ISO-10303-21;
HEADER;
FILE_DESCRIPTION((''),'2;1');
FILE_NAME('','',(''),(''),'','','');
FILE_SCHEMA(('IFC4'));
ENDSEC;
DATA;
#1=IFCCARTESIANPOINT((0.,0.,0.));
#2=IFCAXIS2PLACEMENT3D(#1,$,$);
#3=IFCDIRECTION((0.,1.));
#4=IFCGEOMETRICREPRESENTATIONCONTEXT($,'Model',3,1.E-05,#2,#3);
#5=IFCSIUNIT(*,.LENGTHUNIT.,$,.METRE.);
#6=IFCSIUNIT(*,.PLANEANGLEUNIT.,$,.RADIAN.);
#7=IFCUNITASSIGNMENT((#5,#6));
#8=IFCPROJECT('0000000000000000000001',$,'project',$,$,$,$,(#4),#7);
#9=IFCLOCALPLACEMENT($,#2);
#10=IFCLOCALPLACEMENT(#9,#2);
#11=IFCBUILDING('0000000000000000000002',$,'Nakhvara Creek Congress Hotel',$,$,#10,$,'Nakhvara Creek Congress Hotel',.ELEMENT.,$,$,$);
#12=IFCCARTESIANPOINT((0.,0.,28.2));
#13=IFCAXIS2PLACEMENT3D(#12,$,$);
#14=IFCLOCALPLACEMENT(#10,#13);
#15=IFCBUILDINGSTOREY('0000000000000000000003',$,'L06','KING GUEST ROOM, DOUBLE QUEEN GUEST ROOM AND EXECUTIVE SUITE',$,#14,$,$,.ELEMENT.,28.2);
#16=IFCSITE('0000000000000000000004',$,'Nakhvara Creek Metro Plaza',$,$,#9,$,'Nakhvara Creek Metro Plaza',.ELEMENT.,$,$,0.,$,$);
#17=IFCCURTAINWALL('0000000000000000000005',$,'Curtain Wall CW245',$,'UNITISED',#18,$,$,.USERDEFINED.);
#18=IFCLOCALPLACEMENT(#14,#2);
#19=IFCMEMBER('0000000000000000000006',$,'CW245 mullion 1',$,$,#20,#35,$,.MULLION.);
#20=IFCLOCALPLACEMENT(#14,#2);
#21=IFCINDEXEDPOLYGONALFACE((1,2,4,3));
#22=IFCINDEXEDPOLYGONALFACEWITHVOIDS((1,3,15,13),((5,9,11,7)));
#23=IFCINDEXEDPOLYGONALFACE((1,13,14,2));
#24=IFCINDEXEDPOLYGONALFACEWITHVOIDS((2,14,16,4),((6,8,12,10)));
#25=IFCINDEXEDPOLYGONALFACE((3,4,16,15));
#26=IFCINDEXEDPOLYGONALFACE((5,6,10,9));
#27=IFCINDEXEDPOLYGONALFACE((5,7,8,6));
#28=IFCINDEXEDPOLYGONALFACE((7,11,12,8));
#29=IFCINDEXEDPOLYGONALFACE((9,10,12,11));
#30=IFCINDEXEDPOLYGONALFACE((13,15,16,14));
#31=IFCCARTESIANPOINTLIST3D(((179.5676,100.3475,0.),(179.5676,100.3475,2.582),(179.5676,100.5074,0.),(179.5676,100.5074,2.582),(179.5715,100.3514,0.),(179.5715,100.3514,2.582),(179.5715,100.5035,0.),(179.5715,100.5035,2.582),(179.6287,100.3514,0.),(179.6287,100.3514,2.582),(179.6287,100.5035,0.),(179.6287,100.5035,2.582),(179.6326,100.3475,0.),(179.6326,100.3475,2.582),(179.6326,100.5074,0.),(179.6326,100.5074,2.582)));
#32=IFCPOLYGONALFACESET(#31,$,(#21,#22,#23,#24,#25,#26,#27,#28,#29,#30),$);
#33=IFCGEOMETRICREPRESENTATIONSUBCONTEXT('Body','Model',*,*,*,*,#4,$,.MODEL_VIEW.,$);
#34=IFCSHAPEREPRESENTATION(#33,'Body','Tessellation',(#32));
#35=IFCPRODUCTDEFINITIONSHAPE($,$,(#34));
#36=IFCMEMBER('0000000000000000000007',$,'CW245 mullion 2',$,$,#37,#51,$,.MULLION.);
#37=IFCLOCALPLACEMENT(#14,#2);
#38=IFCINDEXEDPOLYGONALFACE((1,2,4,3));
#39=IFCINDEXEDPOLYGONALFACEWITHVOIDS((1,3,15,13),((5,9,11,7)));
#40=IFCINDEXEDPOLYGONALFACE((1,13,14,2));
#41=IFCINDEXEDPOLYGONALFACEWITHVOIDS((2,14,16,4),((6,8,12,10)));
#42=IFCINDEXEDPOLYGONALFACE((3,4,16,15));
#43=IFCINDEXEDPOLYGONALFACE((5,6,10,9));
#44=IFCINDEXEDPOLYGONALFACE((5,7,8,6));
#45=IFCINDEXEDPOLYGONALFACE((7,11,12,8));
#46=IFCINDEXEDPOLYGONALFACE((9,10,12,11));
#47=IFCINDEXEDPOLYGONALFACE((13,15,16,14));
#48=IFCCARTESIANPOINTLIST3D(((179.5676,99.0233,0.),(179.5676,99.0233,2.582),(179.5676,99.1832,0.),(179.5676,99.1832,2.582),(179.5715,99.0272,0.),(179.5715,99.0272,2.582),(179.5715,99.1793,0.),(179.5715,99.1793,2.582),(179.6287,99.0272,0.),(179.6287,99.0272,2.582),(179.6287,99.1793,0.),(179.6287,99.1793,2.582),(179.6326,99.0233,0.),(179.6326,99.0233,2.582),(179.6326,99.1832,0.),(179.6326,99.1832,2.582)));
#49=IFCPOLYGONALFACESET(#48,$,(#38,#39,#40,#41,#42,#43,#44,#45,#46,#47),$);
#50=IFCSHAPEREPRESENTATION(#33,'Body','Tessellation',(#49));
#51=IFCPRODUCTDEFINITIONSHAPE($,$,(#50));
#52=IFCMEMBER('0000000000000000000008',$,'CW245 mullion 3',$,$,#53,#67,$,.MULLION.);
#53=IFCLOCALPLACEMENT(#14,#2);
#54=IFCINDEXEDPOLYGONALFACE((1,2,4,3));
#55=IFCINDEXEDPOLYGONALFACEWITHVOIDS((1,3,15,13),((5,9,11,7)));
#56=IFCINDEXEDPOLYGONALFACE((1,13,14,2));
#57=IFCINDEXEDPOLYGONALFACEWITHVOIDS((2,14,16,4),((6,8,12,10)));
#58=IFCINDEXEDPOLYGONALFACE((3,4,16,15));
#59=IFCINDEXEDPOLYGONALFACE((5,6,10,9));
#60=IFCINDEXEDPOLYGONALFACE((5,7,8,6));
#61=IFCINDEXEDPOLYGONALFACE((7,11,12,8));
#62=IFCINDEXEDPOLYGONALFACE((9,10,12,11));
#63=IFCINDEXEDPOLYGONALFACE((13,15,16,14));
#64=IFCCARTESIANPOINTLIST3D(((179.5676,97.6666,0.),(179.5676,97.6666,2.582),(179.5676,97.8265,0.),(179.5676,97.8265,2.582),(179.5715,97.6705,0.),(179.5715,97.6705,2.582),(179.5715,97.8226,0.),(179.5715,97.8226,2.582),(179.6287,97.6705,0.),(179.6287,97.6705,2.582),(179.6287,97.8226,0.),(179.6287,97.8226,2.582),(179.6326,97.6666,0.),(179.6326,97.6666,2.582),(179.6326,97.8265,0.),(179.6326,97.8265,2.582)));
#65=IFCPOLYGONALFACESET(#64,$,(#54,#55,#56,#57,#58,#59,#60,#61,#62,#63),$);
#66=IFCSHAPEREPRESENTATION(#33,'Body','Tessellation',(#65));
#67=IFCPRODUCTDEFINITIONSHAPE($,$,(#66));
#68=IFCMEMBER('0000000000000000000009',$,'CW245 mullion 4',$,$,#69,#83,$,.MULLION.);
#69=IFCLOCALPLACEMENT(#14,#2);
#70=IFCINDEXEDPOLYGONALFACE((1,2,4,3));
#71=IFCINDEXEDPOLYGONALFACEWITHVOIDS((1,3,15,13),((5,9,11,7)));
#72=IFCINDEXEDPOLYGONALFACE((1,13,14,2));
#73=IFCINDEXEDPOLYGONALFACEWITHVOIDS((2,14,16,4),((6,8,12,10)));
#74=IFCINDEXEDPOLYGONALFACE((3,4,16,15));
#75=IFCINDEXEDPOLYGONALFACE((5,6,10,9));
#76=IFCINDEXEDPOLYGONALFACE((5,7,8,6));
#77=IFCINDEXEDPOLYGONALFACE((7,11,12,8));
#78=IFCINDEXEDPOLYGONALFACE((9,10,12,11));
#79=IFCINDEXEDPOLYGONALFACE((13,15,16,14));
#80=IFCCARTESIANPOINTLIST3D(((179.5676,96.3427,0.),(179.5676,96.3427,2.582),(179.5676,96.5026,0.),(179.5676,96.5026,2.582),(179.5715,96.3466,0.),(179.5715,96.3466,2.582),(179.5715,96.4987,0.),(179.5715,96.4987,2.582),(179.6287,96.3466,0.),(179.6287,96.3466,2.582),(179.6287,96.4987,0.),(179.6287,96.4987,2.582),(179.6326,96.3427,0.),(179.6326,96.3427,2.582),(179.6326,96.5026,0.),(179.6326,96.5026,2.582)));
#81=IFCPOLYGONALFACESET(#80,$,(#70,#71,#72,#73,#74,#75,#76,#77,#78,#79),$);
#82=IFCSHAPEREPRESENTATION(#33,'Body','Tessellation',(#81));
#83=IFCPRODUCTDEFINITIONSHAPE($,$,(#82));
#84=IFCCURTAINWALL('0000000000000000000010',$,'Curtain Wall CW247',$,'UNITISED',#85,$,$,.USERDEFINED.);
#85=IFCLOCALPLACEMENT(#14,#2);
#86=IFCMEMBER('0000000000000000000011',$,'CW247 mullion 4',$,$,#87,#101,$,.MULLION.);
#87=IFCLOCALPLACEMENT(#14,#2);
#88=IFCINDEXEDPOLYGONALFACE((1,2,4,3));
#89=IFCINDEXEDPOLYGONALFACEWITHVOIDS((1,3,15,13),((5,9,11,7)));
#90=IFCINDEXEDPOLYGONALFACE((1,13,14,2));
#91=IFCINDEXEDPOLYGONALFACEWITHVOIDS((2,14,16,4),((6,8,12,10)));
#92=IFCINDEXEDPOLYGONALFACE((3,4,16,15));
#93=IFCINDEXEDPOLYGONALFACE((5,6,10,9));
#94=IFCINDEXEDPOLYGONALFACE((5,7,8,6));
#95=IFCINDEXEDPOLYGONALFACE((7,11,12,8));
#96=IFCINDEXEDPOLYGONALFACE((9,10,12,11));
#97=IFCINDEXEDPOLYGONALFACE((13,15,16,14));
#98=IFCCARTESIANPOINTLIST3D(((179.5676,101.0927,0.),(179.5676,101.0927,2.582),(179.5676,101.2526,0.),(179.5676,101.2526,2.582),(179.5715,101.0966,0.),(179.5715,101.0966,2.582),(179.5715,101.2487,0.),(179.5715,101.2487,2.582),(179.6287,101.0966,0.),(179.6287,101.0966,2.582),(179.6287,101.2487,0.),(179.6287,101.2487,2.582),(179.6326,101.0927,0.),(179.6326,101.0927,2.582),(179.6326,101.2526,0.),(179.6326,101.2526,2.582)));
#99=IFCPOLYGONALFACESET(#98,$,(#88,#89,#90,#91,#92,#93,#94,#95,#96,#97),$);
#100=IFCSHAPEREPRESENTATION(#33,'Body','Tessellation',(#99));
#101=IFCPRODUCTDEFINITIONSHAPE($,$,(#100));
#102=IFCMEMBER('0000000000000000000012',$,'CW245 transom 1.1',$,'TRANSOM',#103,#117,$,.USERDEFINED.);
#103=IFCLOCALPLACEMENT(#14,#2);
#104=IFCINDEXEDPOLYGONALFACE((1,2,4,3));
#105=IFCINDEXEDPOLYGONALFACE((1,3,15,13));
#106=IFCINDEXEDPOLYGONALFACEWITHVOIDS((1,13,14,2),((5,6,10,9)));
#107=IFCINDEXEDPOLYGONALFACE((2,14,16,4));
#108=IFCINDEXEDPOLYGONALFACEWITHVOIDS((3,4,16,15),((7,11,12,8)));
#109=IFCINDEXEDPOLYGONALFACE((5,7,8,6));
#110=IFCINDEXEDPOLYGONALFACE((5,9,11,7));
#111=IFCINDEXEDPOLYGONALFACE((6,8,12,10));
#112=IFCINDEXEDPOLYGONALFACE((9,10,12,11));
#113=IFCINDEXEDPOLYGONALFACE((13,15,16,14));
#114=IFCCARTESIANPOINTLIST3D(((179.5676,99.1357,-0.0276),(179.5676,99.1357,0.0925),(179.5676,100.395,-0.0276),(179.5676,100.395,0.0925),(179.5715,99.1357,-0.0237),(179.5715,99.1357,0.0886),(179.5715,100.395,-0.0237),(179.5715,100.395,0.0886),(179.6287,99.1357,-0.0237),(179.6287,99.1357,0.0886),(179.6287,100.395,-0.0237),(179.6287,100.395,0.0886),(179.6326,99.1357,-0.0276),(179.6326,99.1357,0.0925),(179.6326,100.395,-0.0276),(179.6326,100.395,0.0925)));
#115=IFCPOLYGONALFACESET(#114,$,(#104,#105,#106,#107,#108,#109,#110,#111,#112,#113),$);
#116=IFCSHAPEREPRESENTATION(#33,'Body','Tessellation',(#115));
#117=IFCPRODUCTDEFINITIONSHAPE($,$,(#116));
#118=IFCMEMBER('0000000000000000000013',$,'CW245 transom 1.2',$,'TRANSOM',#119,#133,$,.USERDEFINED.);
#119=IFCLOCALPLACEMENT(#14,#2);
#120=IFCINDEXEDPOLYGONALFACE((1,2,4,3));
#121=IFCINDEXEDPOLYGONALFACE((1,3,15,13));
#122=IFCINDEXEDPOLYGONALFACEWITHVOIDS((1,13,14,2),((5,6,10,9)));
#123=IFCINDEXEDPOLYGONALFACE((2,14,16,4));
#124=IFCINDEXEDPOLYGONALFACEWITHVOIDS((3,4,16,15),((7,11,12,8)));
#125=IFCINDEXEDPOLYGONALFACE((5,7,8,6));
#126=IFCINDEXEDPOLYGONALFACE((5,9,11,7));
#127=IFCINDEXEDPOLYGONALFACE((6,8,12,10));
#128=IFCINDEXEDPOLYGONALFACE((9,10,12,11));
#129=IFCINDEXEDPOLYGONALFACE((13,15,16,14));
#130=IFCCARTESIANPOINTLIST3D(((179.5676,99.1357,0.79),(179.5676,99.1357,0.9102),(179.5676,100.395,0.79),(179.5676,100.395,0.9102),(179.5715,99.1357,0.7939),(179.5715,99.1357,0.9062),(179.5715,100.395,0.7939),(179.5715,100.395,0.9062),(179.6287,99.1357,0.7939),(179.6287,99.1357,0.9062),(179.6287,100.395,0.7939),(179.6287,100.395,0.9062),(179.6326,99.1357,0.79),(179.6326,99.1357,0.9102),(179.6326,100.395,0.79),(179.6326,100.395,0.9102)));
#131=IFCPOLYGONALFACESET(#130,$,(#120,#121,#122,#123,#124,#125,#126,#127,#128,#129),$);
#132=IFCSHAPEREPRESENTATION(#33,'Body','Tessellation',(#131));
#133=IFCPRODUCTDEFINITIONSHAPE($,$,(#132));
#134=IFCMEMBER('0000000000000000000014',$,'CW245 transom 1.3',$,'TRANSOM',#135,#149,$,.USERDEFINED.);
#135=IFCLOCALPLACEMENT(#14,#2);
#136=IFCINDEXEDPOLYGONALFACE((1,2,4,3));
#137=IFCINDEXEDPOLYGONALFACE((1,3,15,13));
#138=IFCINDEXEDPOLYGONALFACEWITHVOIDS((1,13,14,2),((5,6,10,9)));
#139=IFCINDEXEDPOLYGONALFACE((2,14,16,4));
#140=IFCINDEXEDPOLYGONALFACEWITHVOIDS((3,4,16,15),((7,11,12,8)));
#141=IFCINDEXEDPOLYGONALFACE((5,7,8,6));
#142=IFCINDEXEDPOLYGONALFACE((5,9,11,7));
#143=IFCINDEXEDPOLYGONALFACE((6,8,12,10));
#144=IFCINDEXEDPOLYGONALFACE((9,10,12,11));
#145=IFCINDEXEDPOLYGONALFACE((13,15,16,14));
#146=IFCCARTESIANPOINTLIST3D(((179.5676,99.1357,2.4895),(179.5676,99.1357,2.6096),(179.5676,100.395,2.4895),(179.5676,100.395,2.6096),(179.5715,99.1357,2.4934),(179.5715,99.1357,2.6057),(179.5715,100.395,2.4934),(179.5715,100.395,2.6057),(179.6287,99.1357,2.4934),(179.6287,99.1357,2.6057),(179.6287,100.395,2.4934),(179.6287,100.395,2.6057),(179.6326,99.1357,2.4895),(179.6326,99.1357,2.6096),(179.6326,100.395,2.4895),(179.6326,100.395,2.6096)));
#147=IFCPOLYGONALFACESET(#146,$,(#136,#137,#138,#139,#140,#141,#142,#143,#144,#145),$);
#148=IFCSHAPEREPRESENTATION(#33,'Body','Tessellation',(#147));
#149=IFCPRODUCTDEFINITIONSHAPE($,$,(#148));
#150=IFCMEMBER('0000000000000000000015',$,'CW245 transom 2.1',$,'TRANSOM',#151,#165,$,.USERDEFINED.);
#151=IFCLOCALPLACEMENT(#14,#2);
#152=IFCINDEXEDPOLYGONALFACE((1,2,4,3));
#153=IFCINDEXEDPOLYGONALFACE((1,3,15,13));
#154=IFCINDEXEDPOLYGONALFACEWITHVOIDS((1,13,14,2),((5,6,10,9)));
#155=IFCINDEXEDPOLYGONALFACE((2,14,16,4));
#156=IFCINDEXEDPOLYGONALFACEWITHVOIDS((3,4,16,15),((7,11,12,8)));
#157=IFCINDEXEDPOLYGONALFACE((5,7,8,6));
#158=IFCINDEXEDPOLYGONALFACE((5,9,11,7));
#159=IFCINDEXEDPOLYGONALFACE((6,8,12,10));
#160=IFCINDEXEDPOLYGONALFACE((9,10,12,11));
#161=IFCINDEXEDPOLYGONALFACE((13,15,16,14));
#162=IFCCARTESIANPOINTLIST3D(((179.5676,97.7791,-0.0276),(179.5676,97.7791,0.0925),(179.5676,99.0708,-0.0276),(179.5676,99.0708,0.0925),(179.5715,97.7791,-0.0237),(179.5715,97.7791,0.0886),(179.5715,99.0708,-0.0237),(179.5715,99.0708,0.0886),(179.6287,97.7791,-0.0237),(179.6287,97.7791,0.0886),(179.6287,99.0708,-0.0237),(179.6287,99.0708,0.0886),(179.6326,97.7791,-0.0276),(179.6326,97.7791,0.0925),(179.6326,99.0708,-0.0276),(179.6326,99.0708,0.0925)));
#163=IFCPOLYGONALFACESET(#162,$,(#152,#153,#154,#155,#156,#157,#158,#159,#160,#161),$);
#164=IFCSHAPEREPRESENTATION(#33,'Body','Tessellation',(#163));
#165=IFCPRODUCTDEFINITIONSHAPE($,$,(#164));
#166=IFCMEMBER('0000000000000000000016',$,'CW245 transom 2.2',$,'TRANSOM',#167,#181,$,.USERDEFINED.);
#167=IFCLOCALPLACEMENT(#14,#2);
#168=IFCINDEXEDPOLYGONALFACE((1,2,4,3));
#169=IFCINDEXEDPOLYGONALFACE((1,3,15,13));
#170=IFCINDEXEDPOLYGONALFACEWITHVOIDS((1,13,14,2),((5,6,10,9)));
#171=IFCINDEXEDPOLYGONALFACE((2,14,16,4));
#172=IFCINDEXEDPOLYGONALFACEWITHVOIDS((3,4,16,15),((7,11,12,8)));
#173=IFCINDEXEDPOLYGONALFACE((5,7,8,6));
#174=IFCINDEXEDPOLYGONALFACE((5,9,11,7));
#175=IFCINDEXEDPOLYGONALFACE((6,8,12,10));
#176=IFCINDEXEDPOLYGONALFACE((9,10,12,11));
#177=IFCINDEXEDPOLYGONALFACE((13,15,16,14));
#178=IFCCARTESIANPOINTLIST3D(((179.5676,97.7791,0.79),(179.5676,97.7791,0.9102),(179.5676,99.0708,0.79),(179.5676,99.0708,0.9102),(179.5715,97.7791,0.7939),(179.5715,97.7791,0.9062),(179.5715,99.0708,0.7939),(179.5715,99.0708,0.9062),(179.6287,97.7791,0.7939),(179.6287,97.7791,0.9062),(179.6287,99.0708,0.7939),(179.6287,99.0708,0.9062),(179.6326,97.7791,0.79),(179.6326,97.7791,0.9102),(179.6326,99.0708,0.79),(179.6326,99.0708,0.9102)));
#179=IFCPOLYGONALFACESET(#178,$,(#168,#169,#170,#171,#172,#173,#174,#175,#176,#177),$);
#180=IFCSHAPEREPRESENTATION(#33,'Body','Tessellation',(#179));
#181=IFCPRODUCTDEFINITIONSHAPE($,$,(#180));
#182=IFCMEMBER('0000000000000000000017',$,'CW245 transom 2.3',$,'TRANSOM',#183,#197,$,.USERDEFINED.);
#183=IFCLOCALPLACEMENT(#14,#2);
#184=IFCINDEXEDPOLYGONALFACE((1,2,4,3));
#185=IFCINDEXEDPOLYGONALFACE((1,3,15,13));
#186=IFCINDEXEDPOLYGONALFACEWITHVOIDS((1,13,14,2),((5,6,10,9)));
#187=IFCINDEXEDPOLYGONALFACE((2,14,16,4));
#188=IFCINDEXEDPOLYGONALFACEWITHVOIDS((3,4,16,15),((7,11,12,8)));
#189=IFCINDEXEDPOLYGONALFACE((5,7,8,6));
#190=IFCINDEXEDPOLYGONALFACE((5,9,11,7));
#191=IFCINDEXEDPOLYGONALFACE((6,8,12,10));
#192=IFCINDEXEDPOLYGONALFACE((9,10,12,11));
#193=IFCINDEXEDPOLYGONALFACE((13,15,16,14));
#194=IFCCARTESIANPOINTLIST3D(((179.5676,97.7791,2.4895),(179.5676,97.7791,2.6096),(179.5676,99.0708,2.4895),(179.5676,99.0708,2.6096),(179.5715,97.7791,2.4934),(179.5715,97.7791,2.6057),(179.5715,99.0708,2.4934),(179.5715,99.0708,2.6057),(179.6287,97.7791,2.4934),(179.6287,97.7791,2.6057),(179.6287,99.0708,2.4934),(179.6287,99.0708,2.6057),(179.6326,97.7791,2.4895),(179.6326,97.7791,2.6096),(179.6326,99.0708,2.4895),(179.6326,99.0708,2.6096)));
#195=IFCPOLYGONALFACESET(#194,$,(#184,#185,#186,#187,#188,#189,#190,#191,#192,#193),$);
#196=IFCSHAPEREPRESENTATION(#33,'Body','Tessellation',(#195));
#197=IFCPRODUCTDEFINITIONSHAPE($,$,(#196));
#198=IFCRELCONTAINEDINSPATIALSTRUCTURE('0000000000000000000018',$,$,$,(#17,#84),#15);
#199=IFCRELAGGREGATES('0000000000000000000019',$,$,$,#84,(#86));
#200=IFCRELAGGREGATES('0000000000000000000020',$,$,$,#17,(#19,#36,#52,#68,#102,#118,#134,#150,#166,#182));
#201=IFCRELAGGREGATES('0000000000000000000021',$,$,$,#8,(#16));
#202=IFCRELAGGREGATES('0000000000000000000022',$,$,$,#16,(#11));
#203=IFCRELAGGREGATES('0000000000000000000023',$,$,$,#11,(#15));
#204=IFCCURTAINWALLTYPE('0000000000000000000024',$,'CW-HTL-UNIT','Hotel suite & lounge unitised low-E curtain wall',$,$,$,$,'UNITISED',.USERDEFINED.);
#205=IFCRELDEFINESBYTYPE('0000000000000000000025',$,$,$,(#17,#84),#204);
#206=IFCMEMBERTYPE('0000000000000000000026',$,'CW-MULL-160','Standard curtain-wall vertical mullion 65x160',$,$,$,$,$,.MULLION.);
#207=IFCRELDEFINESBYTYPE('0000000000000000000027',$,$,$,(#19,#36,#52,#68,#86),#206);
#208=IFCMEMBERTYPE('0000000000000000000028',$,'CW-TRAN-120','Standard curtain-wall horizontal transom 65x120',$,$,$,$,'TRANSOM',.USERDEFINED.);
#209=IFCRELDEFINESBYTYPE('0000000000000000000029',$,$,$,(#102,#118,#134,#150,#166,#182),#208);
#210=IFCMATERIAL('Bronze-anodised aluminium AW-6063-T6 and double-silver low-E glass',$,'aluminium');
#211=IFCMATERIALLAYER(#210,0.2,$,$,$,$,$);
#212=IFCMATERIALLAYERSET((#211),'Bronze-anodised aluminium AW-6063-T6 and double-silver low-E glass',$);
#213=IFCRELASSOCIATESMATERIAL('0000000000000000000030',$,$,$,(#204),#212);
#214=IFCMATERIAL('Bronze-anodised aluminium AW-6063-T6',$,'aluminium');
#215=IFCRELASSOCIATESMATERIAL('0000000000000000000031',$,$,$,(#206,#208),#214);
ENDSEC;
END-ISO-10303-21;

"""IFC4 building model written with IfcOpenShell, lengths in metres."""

from ifc_helpers import new_model, si_unit, direction, frame, origin, origin_2d, place, context, subcontext, project, spatial, hollow_rectangle, extrude, material, layer, layer_set, material_profile, profile_set, type_object, element, aggregate, save


model = new_model("IFC4")

# Units and contexts
model_context = context("Model", 3, precision=1e-05, world=origin(), true_north=direction((0.0, 1.0)))
body_context = subcontext(model_context, "Body", "Model", "MODEL_VIEW")
ifc_project = project(units=[si_unit("LENGTHUNIT", "METRE"), si_unit("PLANEANGLEUNIT", "RADIAN")], contexts=[model_context])

# Site, building, storey
site_placement = place(None, origin())
site = spatial("IfcSite", under=ifc_project, at=site_placement, Name="Nakhvara Creek Metro Plaza", LongName="Nakhvara Creek Metro Plaza", CompositionType="ELEMENT", RefElevation=0.0)
building_placement = place(site_placement, origin())
building = spatial("IfcBuilding", under=site, at=building_placement, Name="Nakhvara Creek Congress Hotel", LongName="Nakhvara Creek Congress Hotel", CompositionType="ELEMENT")
storey_placement = place(building_placement, frame((0.0, 0.0, 28.2)))
storey = spatial("IfcBuildingStorey", under=building, at=storey_placement, Name="L06", Description="KING GUEST ROOM, DOUBLE QUEEN GUEST ROOM AND EXECUTIVE SUITE", CompositionType="ELEMENT", Elevation=28.2)

# Curtain wall, members
ifc_material_1 = material(Name="Bronze-anodised aluminium AW-6063-T6 and double-silver low-E glass", Category="aluminium")
ifc_layer_1 = layer(ifc_material_1, 0.2)
ifc_layer_set_1 = layer_set([ifc_layer_1], Name="Bronze-anodised aluminium AW-6063-T6 and double-silver low-E glass")
curtain_wall_type = type_object("IfcCurtainWallType", Name="CW-HTL-UNIT", Description="Hotel suite & lounge unitised low-E curtain wall", ElementType="UNITISED", PredefinedType="USERDEFINED", material=ifc_layer_set_1)
curtain_wall_1_placement = place(storey_placement, origin())
curtain_wall_1 = element("IfcCurtainWall", 1, at=curtain_wall_1_placement, inside=storey, type_object=curtain_wall_type, Name="Curtain Wall CW245", ObjectType="UNITISED", PredefinedType="USERDEFINED")
ifc_material_2 = material(Name="Bronze-anodised aluminium AW-6063-T6", Category="aluminium")
ifc_material_profile_1 = material_profile(ifc_material_2, hollow_rectangle(XDim=0.0649, YDim=0.1599, WallThickness=0.0039, at=origin_2d()), Name="ALU-MULL 65x160x4", Category="LoadBearing")
ifc_profile_set_1 = profile_set([ifc_material_profile_1], Name="Bronze-anodised aluminium AW-6063-T6")
member_type_1 = type_object("IfcMemberType", Name="CW-MULL-160", Description="Standard curtain-wall vertical mullion 65x160", PredefinedType="MULLION", material=ifc_profile_set_1)
member_1_placement = place(storey_placement, frame((179.6001, 100.4275, 0.0), z_axis=(0.0, 0.0, 1.0), x_axis=(1.0, 0.0, 0.0)))
member_1 = element("IfcMember", 2, at=member_1_placement, type_object=member_type_1, Name="CW245 mullion 1", PredefinedType="MULLION", context=body_context, shape_type="SweptSolid", body=[
    extrude(hollow_rectangle(XDim=0.0649, YDim=0.1599, WallThickness=0.0039, at=origin_2d()), origin(), (0.0, 0.0, 1.0), 2.582),
])
member_2_placement = place(storey_placement, frame((179.6001, 99.1033, 0.0), z_axis=(0.0, 0.0, 1.0), x_axis=(1.0, 0.0, 0.0)))
member_2 = element("IfcMember", 3, at=member_2_placement, type_object=member_type_1, Name="CW245 mullion 2", PredefinedType="MULLION", context=body_context, shape_type="SweptSolid", body=[
    extrude(hollow_rectangle(XDim=0.0649, YDim=0.1599, WallThickness=0.0039, at=origin_2d()), origin(), (0.0, 0.0, 1.0), 2.582),
])
member_3_placement = place(storey_placement, frame((179.6001, 97.7466, 0.0), z_axis=(0.0, 0.0, 1.0), x_axis=(1.0, 0.0, 0.0)))
member_3 = element("IfcMember", 4, at=member_3_placement, type_object=member_type_1, Name="CW245 mullion 3", PredefinedType="MULLION", context=body_context, shape_type="SweptSolid", body=[
    extrude(hollow_rectangle(XDim=0.0649, YDim=0.1599, WallThickness=0.0039, at=origin_2d()), origin(), (0.0, 0.0, 1.0), 2.582),
])
member_4_placement = place(storey_placement, frame((179.6001, 96.4226, 0.0), z_axis=(0.0, 0.0, 1.0), x_axis=(1.0, 0.0, 0.0)))
member_4 = element("IfcMember", 5, at=member_4_placement, type_object=member_type_1, Name="CW245 mullion 4", PredefinedType="MULLION", context=body_context, shape_type="SweptSolid", body=[
    extrude(hollow_rectangle(XDim=0.0649, YDim=0.1599, WallThickness=0.0039, at=origin_2d()), origin(), (0.0, 0.0, 1.0), 2.582),
])

# Curtain wall, member
curtain_wall_2_placement = place(storey_placement, origin())
curtain_wall_2 = element("IfcCurtainWall", 6, at=curtain_wall_2_placement, inside=storey, type_object=curtain_wall_type, Name="Curtain Wall CW247", ObjectType="UNITISED", PredefinedType="USERDEFINED")
member_5_placement = place(storey_placement, frame((179.6001, 101.1726, 0.0), z_axis=(0.0, 0.0, 1.0), x_axis=(1.0, 0.0, 0.0)))
member_5 = element("IfcMember", 7, at=member_5_placement, type_object=member_type_1, Name="CW247 mullion 4", PredefinedType="MULLION", context=body_context, shape_type="SweptSolid", body=[
    extrude(hollow_rectangle(XDim=0.0649, YDim=0.1599, WallThickness=0.0039, at=origin_2d()), origin(), (0.0, 0.0, 1.0), 2.582),
])

# Members
ifc_material_profile_2 = material_profile(ifc_material_2, hollow_rectangle(XDim=0.0649, YDim=0.1201, WallThickness=0.0039, at=origin_2d()), Name="ALU-TRAN 65x120x4", Category="LoadBearing")
ifc_profile_set_2 = profile_set([ifc_material_profile_2], Name="Bronze-anodised aluminium AW-6063-T6")
member_type_2 = type_object("IfcMemberType", Name="CW-TRAN-120", Description="Standard curtain-wall horizontal transom 65x120", ElementType="TRANSOM", PredefinedType="USERDEFINED", material=ifc_profile_set_2)
member_6_placement = place(storey_placement, frame((179.6001, 100.395, 0.0325), z_axis=(0.0, -1.0, 0.0), x_axis=(1.0, 0.0, 0.0)))
member_6 = element("IfcMember", 8, at=member_6_placement, type_object=member_type_2, Name="CW245 transom 1.1", ObjectType="TRANSOM", PredefinedType="USERDEFINED", context=body_context, shape_type="SweptSolid", body=[
    extrude(hollow_rectangle(XDim=0.0649, YDim=0.1201, WallThickness=0.0039, at=origin_2d()), origin(), (0.0, 0.0, 1.0), 1.2593),
])
member_7_placement = place(storey_placement, frame((179.6001, 100.395, 0.8501), z_axis=(0.0, -1.0, 0.0), x_axis=(1.0, 0.0, 0.0)))
member_7 = element("IfcMember", 9, at=member_7_placement, type_object=member_type_2, Name="CW245 transom 1.2", ObjectType="TRANSOM", PredefinedType="USERDEFINED", context=body_context, shape_type="SweptSolid", body=[
    extrude(hollow_rectangle(XDim=0.0649, YDim=0.1201, WallThickness=0.0039, at=origin_2d()), origin(), (0.0, 0.0, 1.0), 1.2593),
])
member_8_placement = place(storey_placement, frame((179.6001, 100.395, 2.5496), z_axis=(0.0, -1.0, 0.0), x_axis=(1.0, 0.0, 0.0)))
member_8 = element("IfcMember", 10, at=member_8_placement, type_object=member_type_2, Name="CW245 transom 1.3", ObjectType="TRANSOM", PredefinedType="USERDEFINED", context=body_context, shape_type="SweptSolid", body=[
    extrude(hollow_rectangle(XDim=0.0649, YDim=0.1201, WallThickness=0.0039, at=origin_2d()), origin(), (0.0, 0.0, 1.0), 1.2593),
])
member_9_placement = place(storey_placement, frame((179.6001, 99.0708, 0.0325), z_axis=(0.0, -1.0, 0.0), x_axis=(1.0, 0.0, 0.0)))
member_9 = element("IfcMember", 11, at=member_9_placement, type_object=member_type_2, Name="CW245 transom 2.1", ObjectType="TRANSOM", PredefinedType="USERDEFINED", context=body_context, shape_type="SweptSolid", body=[
    extrude(hollow_rectangle(XDim=0.0649, YDim=0.1201, WallThickness=0.0039, at=origin_2d()), origin(), (0.0, 0.0, 1.0), 1.2917),
])
member_10_placement = place(storey_placement, frame((179.6001, 99.0708, 0.8501), z_axis=(0.0, -1.0, 0.0), x_axis=(1.0, 0.0, 0.0)))
member_10 = element("IfcMember", 12, at=member_10_placement, type_object=member_type_2, Name="CW245 transom 2.2", ObjectType="TRANSOM", PredefinedType="USERDEFINED", context=body_context, shape_type="SweptSolid", body=[
    extrude(hollow_rectangle(XDim=0.0649, YDim=0.1201, WallThickness=0.0039, at=origin_2d()), origin(), (0.0, 0.0, 1.0), 1.2917),
])
member_11_placement = place(storey_placement, frame((179.6001, 99.0708, 2.5496), z_axis=(0.0, -1.0, 0.0), x_axis=(1.0, 0.0, 0.0)))
member_11 = element("IfcMember", 13, at=member_11_placement, type_object=member_type_2, Name="CW245 transom 2.3", ObjectType="TRANSOM", PredefinedType="USERDEFINED", context=body_context, shape_type="SweptSolid", body=[
    extrude(hollow_rectangle(XDim=0.0649, YDim=0.1201, WallThickness=0.0039, at=origin_2d()), origin(), (0.0, 0.0, 1.0), 1.2917),
])

aggregate(curtain_wall_2, [member_5])
aggregate(curtain_wall_1, [member_1, member_2, member_3, member_4, member_6, member_7, member_8, member_9, member_10, member_11])

save(model, "model.ifc")
